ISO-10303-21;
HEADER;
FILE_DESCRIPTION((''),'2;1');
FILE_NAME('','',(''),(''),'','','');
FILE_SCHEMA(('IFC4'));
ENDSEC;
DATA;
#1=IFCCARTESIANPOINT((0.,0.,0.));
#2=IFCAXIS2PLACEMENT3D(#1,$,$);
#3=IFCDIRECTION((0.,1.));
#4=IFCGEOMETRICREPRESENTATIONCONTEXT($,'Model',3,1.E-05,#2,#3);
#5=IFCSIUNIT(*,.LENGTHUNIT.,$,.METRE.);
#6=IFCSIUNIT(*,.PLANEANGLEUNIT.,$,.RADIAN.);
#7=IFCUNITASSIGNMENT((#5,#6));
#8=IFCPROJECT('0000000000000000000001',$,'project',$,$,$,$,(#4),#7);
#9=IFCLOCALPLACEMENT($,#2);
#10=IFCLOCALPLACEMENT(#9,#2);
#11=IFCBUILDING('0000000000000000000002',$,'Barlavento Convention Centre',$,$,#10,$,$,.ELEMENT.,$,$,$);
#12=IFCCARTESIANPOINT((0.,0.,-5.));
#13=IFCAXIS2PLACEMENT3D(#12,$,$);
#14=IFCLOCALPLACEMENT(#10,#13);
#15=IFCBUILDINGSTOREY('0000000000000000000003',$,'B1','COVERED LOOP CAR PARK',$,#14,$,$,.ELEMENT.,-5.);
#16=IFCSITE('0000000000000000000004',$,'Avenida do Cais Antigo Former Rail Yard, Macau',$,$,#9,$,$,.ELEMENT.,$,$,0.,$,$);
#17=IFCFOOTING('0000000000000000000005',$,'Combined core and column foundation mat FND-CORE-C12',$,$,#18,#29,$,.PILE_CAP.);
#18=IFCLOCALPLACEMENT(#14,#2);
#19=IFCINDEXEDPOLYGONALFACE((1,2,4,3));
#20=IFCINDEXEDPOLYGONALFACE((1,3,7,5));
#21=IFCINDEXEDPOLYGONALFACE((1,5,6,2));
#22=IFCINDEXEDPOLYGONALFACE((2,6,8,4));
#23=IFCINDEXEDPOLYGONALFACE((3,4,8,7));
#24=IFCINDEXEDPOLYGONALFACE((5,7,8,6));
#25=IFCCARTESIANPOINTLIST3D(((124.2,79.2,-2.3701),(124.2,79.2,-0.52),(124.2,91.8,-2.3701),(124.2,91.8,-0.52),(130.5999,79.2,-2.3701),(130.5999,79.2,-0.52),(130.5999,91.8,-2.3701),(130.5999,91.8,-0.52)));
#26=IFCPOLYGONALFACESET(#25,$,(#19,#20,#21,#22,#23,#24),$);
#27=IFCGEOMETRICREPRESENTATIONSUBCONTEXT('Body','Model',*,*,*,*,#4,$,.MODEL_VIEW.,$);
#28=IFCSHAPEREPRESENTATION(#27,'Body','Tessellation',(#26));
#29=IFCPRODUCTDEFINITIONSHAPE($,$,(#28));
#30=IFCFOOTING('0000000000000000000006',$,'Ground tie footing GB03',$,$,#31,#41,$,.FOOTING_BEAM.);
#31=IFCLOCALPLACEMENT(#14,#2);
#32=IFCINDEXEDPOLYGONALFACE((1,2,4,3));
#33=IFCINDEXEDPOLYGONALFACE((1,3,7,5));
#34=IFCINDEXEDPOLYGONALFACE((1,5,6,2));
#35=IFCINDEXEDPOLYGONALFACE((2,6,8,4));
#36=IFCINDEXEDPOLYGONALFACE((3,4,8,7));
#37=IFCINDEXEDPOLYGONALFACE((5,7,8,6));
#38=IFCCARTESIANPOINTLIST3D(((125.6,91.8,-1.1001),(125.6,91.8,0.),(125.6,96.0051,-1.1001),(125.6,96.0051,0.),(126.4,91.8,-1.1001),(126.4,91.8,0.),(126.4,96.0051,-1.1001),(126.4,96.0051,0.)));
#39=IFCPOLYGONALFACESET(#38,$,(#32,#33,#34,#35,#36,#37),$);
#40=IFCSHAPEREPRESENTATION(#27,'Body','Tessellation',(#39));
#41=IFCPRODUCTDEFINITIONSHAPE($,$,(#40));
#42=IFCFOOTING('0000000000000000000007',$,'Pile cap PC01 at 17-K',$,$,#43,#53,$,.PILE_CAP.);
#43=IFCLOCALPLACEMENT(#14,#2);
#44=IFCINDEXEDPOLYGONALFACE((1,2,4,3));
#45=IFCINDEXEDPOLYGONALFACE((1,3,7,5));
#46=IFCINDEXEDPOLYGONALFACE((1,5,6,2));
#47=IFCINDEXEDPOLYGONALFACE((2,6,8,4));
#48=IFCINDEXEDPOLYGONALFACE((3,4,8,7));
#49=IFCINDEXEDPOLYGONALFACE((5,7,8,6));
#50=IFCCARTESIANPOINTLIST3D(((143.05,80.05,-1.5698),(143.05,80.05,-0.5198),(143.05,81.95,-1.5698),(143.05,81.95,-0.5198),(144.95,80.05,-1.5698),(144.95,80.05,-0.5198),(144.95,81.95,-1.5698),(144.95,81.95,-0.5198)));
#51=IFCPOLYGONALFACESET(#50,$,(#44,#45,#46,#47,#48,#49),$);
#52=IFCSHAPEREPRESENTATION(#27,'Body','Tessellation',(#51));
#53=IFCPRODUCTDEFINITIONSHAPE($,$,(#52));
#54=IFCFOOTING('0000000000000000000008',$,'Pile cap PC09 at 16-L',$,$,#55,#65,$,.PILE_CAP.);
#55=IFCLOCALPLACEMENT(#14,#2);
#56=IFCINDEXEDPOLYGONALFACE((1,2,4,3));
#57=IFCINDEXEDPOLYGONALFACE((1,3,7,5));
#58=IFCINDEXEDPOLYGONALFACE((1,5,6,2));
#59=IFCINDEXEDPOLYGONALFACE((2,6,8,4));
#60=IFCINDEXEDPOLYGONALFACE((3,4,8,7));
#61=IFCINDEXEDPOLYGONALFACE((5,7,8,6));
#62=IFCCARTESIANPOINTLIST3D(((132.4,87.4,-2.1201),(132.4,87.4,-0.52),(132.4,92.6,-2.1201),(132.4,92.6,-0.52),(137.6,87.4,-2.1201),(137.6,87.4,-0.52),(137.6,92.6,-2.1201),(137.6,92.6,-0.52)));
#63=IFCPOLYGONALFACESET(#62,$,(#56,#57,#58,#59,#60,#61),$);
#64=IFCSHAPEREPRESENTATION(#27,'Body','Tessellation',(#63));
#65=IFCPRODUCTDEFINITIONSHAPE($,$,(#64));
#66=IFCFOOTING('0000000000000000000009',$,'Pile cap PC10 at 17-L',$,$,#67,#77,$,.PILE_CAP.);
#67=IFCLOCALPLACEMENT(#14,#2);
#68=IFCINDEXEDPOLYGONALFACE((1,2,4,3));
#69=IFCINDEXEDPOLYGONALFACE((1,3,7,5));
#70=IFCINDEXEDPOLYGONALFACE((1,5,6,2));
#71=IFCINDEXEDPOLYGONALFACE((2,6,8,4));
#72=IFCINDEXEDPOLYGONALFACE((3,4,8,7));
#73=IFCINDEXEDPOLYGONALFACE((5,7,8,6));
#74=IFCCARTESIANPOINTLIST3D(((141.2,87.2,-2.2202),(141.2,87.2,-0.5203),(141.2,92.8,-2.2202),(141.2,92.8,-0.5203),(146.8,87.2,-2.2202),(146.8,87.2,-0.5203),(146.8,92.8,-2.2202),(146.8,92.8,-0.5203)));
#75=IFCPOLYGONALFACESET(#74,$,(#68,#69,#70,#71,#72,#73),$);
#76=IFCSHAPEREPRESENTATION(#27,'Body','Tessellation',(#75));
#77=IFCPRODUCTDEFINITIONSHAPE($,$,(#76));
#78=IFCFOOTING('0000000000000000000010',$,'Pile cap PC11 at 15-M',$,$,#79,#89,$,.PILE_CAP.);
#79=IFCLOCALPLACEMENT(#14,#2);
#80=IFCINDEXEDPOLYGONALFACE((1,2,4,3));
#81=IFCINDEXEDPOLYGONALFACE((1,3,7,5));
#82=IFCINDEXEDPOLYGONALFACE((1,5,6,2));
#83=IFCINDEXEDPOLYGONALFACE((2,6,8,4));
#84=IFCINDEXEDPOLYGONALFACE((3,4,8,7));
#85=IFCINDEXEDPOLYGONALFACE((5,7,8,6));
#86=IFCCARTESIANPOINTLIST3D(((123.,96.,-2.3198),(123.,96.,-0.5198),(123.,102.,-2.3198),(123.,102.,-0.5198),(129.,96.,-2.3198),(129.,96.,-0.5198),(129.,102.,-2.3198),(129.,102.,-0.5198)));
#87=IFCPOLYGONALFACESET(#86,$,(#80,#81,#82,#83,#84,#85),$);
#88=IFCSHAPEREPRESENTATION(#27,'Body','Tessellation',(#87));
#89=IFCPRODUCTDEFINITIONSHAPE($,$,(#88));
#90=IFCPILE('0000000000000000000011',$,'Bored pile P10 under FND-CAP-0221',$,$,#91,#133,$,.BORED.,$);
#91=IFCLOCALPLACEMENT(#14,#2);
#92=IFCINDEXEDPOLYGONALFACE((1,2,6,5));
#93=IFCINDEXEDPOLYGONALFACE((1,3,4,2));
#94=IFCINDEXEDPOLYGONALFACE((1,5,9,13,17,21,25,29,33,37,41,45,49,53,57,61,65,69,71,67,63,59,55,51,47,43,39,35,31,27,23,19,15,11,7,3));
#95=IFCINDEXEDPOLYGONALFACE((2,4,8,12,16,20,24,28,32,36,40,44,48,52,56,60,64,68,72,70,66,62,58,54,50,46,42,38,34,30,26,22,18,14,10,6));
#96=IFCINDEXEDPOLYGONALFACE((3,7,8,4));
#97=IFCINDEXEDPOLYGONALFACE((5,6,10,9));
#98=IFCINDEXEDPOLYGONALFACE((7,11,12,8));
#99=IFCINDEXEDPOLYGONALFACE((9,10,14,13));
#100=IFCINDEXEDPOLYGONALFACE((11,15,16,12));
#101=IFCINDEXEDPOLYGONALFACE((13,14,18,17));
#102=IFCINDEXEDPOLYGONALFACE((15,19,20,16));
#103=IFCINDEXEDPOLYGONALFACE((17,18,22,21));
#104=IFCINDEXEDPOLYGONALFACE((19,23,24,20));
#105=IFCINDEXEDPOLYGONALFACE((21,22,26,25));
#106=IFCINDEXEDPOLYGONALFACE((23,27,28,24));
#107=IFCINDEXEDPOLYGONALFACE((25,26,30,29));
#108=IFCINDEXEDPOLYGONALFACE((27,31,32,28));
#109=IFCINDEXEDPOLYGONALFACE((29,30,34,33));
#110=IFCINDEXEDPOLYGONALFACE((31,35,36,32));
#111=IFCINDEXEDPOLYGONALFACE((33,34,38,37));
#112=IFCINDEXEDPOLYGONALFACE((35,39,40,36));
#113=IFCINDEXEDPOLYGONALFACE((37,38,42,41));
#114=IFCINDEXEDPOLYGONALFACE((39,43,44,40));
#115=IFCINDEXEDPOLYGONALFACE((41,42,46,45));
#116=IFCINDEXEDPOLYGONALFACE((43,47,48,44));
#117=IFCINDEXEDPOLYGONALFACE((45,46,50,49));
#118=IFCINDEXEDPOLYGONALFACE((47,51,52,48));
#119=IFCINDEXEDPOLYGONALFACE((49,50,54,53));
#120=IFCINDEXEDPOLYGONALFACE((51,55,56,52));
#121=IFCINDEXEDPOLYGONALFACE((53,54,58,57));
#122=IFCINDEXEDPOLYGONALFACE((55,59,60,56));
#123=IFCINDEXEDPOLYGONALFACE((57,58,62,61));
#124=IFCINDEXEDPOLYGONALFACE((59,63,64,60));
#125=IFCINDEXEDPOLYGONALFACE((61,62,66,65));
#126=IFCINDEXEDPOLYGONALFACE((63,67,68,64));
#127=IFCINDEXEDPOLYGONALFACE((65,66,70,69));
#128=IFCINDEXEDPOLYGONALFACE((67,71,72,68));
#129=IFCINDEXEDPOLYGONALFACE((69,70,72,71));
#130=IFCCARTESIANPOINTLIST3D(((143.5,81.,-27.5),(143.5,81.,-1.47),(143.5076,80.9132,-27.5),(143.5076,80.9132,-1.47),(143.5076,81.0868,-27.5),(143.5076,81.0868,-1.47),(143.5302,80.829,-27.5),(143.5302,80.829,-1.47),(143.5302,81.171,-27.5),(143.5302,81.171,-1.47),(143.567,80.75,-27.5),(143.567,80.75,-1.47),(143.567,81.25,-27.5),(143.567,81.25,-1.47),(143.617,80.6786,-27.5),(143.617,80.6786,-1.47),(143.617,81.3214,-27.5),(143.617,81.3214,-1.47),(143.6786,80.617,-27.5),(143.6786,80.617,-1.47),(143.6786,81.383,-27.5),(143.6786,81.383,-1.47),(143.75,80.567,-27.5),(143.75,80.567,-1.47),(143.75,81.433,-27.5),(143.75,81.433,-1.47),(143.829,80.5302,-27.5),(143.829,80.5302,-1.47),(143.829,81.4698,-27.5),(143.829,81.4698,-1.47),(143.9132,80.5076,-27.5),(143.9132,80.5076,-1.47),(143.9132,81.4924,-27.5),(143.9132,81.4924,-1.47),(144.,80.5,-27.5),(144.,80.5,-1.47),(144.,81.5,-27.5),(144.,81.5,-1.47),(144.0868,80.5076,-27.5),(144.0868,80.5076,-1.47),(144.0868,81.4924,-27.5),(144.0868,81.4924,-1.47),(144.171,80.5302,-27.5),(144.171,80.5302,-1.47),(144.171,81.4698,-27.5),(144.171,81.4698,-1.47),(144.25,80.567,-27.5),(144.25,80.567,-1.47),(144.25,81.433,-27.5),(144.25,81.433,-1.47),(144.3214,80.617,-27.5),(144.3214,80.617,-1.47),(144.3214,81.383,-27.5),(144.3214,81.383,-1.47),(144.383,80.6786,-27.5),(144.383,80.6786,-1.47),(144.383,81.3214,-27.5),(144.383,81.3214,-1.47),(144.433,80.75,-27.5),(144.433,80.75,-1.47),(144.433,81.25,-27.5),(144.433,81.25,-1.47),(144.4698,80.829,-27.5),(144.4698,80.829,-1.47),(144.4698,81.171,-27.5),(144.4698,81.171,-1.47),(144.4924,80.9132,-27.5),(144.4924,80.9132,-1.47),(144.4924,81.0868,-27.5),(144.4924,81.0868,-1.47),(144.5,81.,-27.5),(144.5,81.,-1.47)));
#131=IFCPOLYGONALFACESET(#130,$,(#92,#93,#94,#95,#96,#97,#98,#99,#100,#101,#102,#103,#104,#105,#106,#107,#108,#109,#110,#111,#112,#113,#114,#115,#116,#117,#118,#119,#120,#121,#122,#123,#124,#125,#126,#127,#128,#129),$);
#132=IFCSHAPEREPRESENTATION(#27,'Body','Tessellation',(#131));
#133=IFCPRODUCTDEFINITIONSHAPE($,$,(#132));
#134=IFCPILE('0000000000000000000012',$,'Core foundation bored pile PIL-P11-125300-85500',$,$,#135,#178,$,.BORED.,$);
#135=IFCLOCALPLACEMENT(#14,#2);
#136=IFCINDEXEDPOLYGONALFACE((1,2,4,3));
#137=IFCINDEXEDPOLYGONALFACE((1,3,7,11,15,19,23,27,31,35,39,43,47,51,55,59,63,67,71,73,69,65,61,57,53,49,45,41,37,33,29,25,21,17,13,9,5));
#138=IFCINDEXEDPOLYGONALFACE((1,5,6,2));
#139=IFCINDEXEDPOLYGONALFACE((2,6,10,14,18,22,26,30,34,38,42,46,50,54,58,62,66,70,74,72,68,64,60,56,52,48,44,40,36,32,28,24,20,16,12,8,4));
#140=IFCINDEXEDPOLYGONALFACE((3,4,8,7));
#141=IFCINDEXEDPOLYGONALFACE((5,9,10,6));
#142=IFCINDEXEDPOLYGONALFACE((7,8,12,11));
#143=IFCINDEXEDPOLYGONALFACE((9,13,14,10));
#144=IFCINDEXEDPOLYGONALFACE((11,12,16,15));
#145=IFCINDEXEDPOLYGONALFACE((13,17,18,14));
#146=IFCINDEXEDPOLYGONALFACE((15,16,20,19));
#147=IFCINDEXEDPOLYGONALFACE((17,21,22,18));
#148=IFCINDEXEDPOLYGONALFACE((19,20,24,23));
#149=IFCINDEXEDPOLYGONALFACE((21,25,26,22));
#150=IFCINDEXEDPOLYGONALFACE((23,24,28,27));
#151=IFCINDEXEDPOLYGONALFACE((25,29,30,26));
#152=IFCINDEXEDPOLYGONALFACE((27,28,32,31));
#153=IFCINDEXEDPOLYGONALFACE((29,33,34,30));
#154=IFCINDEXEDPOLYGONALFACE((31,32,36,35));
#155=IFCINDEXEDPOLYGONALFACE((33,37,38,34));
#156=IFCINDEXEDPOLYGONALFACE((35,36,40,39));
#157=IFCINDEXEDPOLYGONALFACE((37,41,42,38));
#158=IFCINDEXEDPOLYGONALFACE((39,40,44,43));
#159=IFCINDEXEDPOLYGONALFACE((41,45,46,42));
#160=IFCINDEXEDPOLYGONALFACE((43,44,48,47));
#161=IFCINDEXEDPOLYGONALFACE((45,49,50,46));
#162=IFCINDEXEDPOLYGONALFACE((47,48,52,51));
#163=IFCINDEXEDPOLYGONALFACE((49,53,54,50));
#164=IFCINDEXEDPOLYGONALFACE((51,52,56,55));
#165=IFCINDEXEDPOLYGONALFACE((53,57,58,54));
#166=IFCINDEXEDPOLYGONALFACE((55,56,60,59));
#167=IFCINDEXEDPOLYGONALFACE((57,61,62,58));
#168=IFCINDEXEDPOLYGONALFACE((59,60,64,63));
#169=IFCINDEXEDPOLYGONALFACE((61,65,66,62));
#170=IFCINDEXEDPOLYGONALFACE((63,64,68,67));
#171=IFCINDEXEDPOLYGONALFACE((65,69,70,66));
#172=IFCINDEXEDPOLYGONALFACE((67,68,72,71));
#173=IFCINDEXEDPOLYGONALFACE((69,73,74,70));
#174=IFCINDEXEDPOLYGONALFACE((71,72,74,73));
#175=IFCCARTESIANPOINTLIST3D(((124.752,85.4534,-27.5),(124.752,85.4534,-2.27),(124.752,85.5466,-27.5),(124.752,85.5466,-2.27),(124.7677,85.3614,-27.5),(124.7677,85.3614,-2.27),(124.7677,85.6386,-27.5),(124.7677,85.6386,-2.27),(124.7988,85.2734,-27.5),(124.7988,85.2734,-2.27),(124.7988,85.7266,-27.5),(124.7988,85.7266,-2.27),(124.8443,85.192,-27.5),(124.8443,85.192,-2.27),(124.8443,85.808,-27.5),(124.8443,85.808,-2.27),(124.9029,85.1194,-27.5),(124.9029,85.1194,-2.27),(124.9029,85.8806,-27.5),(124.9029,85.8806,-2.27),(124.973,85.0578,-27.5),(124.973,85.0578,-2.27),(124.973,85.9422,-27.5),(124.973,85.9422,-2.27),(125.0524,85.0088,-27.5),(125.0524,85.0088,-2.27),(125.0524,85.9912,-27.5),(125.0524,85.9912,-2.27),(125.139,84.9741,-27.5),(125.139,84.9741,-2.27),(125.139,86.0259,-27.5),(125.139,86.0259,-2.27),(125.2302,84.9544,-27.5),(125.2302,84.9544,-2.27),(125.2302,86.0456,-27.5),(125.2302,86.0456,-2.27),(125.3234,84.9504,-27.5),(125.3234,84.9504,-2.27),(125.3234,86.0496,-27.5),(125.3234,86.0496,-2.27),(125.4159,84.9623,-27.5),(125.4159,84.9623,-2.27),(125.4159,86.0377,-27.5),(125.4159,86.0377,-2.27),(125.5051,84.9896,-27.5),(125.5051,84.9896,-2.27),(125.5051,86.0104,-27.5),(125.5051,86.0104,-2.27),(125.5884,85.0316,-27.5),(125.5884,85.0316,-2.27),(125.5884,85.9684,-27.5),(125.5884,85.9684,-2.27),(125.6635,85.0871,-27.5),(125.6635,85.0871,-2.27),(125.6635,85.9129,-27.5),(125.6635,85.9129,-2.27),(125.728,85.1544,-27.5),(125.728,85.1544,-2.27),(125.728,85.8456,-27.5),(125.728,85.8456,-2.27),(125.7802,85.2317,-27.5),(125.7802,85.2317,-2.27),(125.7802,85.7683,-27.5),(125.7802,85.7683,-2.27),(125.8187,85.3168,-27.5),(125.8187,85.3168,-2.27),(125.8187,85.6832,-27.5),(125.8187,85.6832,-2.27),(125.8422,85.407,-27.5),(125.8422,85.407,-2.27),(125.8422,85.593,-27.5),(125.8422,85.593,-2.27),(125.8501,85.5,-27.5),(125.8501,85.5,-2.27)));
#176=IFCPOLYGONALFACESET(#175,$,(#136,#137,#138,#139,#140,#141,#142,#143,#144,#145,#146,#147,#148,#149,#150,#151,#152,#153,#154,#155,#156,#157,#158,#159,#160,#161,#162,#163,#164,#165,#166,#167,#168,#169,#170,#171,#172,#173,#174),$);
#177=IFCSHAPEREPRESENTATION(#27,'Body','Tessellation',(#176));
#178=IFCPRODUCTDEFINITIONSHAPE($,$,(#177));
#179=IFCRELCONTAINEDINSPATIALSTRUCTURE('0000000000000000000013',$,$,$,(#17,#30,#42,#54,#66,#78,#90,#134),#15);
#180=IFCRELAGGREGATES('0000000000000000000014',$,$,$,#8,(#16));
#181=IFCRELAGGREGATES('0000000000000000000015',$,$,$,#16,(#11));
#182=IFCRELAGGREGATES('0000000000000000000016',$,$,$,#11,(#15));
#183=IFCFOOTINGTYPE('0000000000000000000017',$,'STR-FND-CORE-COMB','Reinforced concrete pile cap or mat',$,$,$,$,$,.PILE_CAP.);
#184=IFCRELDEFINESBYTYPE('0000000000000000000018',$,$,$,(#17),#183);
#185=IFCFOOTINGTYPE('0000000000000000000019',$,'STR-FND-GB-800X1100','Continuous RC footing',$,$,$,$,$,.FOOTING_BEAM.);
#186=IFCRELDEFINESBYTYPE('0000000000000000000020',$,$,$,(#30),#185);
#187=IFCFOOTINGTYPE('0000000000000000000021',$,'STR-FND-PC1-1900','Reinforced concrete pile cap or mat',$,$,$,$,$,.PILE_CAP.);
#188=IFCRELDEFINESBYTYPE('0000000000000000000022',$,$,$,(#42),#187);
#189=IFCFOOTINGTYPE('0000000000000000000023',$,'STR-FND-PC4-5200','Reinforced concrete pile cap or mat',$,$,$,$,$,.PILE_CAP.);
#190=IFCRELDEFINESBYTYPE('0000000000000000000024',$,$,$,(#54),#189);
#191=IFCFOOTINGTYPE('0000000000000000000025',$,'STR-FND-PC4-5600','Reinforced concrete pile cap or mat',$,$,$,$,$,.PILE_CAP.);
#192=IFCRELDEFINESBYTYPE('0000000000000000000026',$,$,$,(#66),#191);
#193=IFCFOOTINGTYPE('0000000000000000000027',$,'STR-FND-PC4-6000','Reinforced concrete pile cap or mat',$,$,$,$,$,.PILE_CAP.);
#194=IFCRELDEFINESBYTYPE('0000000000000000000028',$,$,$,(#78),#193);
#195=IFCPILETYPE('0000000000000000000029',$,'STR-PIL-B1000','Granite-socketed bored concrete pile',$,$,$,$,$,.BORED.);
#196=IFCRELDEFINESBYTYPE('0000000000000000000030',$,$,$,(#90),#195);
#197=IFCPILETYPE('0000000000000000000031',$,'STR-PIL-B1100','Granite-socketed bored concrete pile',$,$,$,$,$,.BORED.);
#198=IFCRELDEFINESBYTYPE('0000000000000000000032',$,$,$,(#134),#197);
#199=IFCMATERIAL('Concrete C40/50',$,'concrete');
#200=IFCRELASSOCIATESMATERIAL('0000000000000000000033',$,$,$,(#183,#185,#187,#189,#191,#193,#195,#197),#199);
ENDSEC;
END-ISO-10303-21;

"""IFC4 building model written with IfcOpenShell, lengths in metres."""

from ifc_helpers import new_model, si_unit, direction, frame, origin, origin_2d, place, context, subcontext, project, spatial, rectangle, circle, extrude, material, material_profile, profile_set, type_object, element, save


model = new_model("IFC4")

# Units and contexts
model_context = context("Model", 3, precision=1e-05, world=origin(), true_north=direction((0.0, 1.0)))
body_context = subcontext(model_context, "Body", "Model", "MODEL_VIEW")
ifc_project = project(units=[si_unit("LENGTHUNIT", "METRE"), si_unit("PLANEANGLEUNIT", "RADIAN")], contexts=[model_context])

# Site, building, storey
site_placement = place(None, origin())
site = spatial("IfcSite", under=ifc_project, at=site_placement, Name="Avenida do Cais Antigo Former Rail Yard, Macau", CompositionType="ELEMENT", RefElevation=0.0)
building_placement = place(site_placement, origin())
building = spatial("IfcBuilding", under=site, at=building_placement, Name="Barlavento Convention Centre", CompositionType="ELEMENT")
storey_placement = place(building_placement, frame((0.0, 0.0, -5.0)))
storey = spatial("IfcBuildingStorey", under=building, at=storey_placement, Name="B1", Description="COVERED LOOP CAR PARK", CompositionType="ELEMENT", Elevation=-5.0)

# Footings
ifc_material_1 = material(Name="Concrete C40/50", Category="concrete")
footing_type_1 = type_object("IfcFootingType", Name="STR-FND-CORE-COMB", Description="Reinforced concrete pile cap or mat", PredefinedType="PILE_CAP", material=ifc_material_1)
footing_1_placement = place(storey_placement, frame((127.3999, 85.5, -2.3701), z_axis=(0.0, 0.0, 1.0), x_axis=(1.0, 0.0, 0.0)))
element("IfcFooting", 1, at=footing_1_placement, inside=storey, type_object=footing_type_1, Name="Combined core and column foundation mat FND-CORE-C12", PredefinedType="PILE_CAP", context=body_context, shape_type="SweptSolid", body=[
    extrude(rectangle(XDim=6.3999, YDim=12.6001, at=origin_2d()), origin(), (0.0, 0.0, 1.0), 1.8501),
])
footing_type_2 = type_object("IfcFootingType", Name="STR-FND-GB-800X1100", Description="Continuous RC footing", PredefinedType="FOOTING_BEAM", material=ifc_material_1)
footing_2_placement = place(storey_placement, frame((126.0, 93.9026, -1.1001), z_axis=(0.0, 0.0, 1.0), x_axis=(1.0, 0.0, 0.0)))
element("IfcFooting", 2, at=footing_2_placement, inside=storey, type_object=footing_type_2, Name="Ground tie footing GB03", PredefinedType="FOOTING_BEAM", context=body_context, shape_type="SweptSolid", body=[
    extrude(rectangle(XDim=0.8, YDim=4.2051, at=origin_2d()), origin(), (0.0, 0.0, 1.0), 1.1001),
])
footing_type_3 = type_object("IfcFootingType", Name="STR-FND-PC1-1900", Description="Reinforced concrete pile cap or mat", PredefinedType="PILE_CAP", material=ifc_material_1)
footing_3_placement = place(storey_placement, frame((144.0, 81.0, -1.5698), z_axis=(0.0, 0.0, 1.0), x_axis=(1.0, 0.0, 0.0)))
element("IfcFooting", 3, at=footing_3_placement, inside=storey, type_object=footing_type_3, Name="Pile cap PC01 at 17-K", PredefinedType="PILE_CAP", context=body_context, shape_type="SweptSolid", body=[
    extrude(rectangle(XDim=1.8999, YDim=1.8999, at=origin_2d()), origin(), (0.0, 0.0, 1.0), 1.05),
])
footing_type_4 = type_object("IfcFootingType", Name="STR-FND-PC4-5200", Description="Reinforced concrete pile cap or mat", PredefinedType="PILE_CAP", material=ifc_material_1)
footing_4_placement = place(storey_placement, frame((135.0, 90.0, -2.1201), z_axis=(0.0, 0.0, 1.0), x_axis=(1.0, 0.0, 0.0)))
element("IfcFooting", 4, at=footing_4_placement, inside=storey, type_object=footing_type_4, Name="Pile cap PC09 at 16-L", PredefinedType="PILE_CAP", context=body_context, shape_type="SweptSolid", body=[
    extrude(rectangle(XDim=5.2, YDim=5.2, at=origin_2d()), origin(), (0.0, 0.0, 1.0), 1.6001),
])
footing_type_5 = type_object("IfcFootingType", Name="STR-FND-PC4-5600", Description="Reinforced concrete pile cap or mat", PredefinedType="PILE_CAP", material=ifc_material_1)
footing_5_placement = place(storey_placement, frame((144.0, 90.0, -2.2202), z_axis=(0.0, 0.0, 1.0), x_axis=(1.0, 0.0, 0.0)))
element("IfcFooting", 5, at=footing_5_placement, inside=storey, type_object=footing_type_5, Name="Pile cap PC10 at 17-L", PredefinedType="PILE_CAP", context=body_context, shape_type="SweptSolid", body=[
    extrude(rectangle(XDim=5.6001, YDim=5.6001, at=origin_2d()), origin(), (0.0, 0.0, 1.0), 1.7),
])
footing_type_6 = type_object("IfcFootingType", Name="STR-FND-PC4-6000", Description="Reinforced concrete pile cap or mat", PredefinedType="PILE_CAP", material=ifc_material_1)
footing_6_placement = place(storey_placement, frame((126.0, 99.0, -2.3198), z_axis=(0.0, 0.0, 1.0), x_axis=(1.0, 0.0, 0.0)))
element("IfcFooting", 6, at=footing_6_placement, inside=storey, type_object=footing_type_6, Name="Pile cap PC11 at 15-M", PredefinedType="PILE_CAP", context=body_context, shape_type="SweptSolid", body=[
    extrude(rectangle(XDim=6.0, YDim=6.0, at=origin_2d()), origin(), (0.0, 0.0, 1.0), 1.8),
])

# Piles
ifc_material_profile_1 = material_profile(ifc_material_1, circle(Radius=0.5, at=origin_2d()), Name="BORED PILE 1000")
ifc_profile_set_1 = profile_set([ifc_material_profile_1], Name="Concrete C40/50")
pile_type_1 = type_object("IfcPileType", Name="STR-PIL-B1000", Description="Granite-socketed bored concrete pile", PredefinedType="BORED", material=ifc_profile_set_1)
pile_1_placement = place(storey_placement, frame((144.0, 81.0, -1.47), z_axis=(0.0, 0.0, -1.0), x_axis=(1.0, 0.0, 0.0)))
element("IfcPile", 7, at=pile_1_placement, inside=storey, type_object=pile_type_1, Name="Bored pile P10 under FND-CAP-0221", PredefinedType="BORED", context=body_context, shape_type="SweptSolid", body=[
    extrude(circle(Radius=0.5, at=origin_2d()), origin(), (0.0, 0.0, 1.0), 26.03),
])
ifc_material_profile_2 = material_profile(ifc_material_1, circle(Radius=0.55, at=origin_2d()), Name="BORED PILE 1100")
ifc_profile_set_2 = profile_set([ifc_material_profile_2], Name="Concrete C40/50")
pile_type_2 = type_object("IfcPileType", Name="STR-PIL-B1100", Description="Granite-socketed bored concrete pile", PredefinedType="BORED", material=ifc_profile_set_2)
for number, where, z_axis, x_axis, name in (
    (8, (125.3, 85.5, -2.27), (0.0, 0.0, -1.0), (1.0, 0.0, 0.0), "Core foundation bored pile PIL-P11-125300-85500"),
):
    element("IfcPile", number, at=place(storey_placement, frame(where, z_axis=z_axis, x_axis=x_axis)), inside=storey, type_object=pile_type_2, Name=name, PredefinedType="BORED", context=body_context, shape_type="SweptSolid", body=[
        extrude(circle(Radius=0.55, at=origin_2d()), origin(), (0.0, 0.0, 1.0), 25.23),
    ])

save(model, "model.ifc")
